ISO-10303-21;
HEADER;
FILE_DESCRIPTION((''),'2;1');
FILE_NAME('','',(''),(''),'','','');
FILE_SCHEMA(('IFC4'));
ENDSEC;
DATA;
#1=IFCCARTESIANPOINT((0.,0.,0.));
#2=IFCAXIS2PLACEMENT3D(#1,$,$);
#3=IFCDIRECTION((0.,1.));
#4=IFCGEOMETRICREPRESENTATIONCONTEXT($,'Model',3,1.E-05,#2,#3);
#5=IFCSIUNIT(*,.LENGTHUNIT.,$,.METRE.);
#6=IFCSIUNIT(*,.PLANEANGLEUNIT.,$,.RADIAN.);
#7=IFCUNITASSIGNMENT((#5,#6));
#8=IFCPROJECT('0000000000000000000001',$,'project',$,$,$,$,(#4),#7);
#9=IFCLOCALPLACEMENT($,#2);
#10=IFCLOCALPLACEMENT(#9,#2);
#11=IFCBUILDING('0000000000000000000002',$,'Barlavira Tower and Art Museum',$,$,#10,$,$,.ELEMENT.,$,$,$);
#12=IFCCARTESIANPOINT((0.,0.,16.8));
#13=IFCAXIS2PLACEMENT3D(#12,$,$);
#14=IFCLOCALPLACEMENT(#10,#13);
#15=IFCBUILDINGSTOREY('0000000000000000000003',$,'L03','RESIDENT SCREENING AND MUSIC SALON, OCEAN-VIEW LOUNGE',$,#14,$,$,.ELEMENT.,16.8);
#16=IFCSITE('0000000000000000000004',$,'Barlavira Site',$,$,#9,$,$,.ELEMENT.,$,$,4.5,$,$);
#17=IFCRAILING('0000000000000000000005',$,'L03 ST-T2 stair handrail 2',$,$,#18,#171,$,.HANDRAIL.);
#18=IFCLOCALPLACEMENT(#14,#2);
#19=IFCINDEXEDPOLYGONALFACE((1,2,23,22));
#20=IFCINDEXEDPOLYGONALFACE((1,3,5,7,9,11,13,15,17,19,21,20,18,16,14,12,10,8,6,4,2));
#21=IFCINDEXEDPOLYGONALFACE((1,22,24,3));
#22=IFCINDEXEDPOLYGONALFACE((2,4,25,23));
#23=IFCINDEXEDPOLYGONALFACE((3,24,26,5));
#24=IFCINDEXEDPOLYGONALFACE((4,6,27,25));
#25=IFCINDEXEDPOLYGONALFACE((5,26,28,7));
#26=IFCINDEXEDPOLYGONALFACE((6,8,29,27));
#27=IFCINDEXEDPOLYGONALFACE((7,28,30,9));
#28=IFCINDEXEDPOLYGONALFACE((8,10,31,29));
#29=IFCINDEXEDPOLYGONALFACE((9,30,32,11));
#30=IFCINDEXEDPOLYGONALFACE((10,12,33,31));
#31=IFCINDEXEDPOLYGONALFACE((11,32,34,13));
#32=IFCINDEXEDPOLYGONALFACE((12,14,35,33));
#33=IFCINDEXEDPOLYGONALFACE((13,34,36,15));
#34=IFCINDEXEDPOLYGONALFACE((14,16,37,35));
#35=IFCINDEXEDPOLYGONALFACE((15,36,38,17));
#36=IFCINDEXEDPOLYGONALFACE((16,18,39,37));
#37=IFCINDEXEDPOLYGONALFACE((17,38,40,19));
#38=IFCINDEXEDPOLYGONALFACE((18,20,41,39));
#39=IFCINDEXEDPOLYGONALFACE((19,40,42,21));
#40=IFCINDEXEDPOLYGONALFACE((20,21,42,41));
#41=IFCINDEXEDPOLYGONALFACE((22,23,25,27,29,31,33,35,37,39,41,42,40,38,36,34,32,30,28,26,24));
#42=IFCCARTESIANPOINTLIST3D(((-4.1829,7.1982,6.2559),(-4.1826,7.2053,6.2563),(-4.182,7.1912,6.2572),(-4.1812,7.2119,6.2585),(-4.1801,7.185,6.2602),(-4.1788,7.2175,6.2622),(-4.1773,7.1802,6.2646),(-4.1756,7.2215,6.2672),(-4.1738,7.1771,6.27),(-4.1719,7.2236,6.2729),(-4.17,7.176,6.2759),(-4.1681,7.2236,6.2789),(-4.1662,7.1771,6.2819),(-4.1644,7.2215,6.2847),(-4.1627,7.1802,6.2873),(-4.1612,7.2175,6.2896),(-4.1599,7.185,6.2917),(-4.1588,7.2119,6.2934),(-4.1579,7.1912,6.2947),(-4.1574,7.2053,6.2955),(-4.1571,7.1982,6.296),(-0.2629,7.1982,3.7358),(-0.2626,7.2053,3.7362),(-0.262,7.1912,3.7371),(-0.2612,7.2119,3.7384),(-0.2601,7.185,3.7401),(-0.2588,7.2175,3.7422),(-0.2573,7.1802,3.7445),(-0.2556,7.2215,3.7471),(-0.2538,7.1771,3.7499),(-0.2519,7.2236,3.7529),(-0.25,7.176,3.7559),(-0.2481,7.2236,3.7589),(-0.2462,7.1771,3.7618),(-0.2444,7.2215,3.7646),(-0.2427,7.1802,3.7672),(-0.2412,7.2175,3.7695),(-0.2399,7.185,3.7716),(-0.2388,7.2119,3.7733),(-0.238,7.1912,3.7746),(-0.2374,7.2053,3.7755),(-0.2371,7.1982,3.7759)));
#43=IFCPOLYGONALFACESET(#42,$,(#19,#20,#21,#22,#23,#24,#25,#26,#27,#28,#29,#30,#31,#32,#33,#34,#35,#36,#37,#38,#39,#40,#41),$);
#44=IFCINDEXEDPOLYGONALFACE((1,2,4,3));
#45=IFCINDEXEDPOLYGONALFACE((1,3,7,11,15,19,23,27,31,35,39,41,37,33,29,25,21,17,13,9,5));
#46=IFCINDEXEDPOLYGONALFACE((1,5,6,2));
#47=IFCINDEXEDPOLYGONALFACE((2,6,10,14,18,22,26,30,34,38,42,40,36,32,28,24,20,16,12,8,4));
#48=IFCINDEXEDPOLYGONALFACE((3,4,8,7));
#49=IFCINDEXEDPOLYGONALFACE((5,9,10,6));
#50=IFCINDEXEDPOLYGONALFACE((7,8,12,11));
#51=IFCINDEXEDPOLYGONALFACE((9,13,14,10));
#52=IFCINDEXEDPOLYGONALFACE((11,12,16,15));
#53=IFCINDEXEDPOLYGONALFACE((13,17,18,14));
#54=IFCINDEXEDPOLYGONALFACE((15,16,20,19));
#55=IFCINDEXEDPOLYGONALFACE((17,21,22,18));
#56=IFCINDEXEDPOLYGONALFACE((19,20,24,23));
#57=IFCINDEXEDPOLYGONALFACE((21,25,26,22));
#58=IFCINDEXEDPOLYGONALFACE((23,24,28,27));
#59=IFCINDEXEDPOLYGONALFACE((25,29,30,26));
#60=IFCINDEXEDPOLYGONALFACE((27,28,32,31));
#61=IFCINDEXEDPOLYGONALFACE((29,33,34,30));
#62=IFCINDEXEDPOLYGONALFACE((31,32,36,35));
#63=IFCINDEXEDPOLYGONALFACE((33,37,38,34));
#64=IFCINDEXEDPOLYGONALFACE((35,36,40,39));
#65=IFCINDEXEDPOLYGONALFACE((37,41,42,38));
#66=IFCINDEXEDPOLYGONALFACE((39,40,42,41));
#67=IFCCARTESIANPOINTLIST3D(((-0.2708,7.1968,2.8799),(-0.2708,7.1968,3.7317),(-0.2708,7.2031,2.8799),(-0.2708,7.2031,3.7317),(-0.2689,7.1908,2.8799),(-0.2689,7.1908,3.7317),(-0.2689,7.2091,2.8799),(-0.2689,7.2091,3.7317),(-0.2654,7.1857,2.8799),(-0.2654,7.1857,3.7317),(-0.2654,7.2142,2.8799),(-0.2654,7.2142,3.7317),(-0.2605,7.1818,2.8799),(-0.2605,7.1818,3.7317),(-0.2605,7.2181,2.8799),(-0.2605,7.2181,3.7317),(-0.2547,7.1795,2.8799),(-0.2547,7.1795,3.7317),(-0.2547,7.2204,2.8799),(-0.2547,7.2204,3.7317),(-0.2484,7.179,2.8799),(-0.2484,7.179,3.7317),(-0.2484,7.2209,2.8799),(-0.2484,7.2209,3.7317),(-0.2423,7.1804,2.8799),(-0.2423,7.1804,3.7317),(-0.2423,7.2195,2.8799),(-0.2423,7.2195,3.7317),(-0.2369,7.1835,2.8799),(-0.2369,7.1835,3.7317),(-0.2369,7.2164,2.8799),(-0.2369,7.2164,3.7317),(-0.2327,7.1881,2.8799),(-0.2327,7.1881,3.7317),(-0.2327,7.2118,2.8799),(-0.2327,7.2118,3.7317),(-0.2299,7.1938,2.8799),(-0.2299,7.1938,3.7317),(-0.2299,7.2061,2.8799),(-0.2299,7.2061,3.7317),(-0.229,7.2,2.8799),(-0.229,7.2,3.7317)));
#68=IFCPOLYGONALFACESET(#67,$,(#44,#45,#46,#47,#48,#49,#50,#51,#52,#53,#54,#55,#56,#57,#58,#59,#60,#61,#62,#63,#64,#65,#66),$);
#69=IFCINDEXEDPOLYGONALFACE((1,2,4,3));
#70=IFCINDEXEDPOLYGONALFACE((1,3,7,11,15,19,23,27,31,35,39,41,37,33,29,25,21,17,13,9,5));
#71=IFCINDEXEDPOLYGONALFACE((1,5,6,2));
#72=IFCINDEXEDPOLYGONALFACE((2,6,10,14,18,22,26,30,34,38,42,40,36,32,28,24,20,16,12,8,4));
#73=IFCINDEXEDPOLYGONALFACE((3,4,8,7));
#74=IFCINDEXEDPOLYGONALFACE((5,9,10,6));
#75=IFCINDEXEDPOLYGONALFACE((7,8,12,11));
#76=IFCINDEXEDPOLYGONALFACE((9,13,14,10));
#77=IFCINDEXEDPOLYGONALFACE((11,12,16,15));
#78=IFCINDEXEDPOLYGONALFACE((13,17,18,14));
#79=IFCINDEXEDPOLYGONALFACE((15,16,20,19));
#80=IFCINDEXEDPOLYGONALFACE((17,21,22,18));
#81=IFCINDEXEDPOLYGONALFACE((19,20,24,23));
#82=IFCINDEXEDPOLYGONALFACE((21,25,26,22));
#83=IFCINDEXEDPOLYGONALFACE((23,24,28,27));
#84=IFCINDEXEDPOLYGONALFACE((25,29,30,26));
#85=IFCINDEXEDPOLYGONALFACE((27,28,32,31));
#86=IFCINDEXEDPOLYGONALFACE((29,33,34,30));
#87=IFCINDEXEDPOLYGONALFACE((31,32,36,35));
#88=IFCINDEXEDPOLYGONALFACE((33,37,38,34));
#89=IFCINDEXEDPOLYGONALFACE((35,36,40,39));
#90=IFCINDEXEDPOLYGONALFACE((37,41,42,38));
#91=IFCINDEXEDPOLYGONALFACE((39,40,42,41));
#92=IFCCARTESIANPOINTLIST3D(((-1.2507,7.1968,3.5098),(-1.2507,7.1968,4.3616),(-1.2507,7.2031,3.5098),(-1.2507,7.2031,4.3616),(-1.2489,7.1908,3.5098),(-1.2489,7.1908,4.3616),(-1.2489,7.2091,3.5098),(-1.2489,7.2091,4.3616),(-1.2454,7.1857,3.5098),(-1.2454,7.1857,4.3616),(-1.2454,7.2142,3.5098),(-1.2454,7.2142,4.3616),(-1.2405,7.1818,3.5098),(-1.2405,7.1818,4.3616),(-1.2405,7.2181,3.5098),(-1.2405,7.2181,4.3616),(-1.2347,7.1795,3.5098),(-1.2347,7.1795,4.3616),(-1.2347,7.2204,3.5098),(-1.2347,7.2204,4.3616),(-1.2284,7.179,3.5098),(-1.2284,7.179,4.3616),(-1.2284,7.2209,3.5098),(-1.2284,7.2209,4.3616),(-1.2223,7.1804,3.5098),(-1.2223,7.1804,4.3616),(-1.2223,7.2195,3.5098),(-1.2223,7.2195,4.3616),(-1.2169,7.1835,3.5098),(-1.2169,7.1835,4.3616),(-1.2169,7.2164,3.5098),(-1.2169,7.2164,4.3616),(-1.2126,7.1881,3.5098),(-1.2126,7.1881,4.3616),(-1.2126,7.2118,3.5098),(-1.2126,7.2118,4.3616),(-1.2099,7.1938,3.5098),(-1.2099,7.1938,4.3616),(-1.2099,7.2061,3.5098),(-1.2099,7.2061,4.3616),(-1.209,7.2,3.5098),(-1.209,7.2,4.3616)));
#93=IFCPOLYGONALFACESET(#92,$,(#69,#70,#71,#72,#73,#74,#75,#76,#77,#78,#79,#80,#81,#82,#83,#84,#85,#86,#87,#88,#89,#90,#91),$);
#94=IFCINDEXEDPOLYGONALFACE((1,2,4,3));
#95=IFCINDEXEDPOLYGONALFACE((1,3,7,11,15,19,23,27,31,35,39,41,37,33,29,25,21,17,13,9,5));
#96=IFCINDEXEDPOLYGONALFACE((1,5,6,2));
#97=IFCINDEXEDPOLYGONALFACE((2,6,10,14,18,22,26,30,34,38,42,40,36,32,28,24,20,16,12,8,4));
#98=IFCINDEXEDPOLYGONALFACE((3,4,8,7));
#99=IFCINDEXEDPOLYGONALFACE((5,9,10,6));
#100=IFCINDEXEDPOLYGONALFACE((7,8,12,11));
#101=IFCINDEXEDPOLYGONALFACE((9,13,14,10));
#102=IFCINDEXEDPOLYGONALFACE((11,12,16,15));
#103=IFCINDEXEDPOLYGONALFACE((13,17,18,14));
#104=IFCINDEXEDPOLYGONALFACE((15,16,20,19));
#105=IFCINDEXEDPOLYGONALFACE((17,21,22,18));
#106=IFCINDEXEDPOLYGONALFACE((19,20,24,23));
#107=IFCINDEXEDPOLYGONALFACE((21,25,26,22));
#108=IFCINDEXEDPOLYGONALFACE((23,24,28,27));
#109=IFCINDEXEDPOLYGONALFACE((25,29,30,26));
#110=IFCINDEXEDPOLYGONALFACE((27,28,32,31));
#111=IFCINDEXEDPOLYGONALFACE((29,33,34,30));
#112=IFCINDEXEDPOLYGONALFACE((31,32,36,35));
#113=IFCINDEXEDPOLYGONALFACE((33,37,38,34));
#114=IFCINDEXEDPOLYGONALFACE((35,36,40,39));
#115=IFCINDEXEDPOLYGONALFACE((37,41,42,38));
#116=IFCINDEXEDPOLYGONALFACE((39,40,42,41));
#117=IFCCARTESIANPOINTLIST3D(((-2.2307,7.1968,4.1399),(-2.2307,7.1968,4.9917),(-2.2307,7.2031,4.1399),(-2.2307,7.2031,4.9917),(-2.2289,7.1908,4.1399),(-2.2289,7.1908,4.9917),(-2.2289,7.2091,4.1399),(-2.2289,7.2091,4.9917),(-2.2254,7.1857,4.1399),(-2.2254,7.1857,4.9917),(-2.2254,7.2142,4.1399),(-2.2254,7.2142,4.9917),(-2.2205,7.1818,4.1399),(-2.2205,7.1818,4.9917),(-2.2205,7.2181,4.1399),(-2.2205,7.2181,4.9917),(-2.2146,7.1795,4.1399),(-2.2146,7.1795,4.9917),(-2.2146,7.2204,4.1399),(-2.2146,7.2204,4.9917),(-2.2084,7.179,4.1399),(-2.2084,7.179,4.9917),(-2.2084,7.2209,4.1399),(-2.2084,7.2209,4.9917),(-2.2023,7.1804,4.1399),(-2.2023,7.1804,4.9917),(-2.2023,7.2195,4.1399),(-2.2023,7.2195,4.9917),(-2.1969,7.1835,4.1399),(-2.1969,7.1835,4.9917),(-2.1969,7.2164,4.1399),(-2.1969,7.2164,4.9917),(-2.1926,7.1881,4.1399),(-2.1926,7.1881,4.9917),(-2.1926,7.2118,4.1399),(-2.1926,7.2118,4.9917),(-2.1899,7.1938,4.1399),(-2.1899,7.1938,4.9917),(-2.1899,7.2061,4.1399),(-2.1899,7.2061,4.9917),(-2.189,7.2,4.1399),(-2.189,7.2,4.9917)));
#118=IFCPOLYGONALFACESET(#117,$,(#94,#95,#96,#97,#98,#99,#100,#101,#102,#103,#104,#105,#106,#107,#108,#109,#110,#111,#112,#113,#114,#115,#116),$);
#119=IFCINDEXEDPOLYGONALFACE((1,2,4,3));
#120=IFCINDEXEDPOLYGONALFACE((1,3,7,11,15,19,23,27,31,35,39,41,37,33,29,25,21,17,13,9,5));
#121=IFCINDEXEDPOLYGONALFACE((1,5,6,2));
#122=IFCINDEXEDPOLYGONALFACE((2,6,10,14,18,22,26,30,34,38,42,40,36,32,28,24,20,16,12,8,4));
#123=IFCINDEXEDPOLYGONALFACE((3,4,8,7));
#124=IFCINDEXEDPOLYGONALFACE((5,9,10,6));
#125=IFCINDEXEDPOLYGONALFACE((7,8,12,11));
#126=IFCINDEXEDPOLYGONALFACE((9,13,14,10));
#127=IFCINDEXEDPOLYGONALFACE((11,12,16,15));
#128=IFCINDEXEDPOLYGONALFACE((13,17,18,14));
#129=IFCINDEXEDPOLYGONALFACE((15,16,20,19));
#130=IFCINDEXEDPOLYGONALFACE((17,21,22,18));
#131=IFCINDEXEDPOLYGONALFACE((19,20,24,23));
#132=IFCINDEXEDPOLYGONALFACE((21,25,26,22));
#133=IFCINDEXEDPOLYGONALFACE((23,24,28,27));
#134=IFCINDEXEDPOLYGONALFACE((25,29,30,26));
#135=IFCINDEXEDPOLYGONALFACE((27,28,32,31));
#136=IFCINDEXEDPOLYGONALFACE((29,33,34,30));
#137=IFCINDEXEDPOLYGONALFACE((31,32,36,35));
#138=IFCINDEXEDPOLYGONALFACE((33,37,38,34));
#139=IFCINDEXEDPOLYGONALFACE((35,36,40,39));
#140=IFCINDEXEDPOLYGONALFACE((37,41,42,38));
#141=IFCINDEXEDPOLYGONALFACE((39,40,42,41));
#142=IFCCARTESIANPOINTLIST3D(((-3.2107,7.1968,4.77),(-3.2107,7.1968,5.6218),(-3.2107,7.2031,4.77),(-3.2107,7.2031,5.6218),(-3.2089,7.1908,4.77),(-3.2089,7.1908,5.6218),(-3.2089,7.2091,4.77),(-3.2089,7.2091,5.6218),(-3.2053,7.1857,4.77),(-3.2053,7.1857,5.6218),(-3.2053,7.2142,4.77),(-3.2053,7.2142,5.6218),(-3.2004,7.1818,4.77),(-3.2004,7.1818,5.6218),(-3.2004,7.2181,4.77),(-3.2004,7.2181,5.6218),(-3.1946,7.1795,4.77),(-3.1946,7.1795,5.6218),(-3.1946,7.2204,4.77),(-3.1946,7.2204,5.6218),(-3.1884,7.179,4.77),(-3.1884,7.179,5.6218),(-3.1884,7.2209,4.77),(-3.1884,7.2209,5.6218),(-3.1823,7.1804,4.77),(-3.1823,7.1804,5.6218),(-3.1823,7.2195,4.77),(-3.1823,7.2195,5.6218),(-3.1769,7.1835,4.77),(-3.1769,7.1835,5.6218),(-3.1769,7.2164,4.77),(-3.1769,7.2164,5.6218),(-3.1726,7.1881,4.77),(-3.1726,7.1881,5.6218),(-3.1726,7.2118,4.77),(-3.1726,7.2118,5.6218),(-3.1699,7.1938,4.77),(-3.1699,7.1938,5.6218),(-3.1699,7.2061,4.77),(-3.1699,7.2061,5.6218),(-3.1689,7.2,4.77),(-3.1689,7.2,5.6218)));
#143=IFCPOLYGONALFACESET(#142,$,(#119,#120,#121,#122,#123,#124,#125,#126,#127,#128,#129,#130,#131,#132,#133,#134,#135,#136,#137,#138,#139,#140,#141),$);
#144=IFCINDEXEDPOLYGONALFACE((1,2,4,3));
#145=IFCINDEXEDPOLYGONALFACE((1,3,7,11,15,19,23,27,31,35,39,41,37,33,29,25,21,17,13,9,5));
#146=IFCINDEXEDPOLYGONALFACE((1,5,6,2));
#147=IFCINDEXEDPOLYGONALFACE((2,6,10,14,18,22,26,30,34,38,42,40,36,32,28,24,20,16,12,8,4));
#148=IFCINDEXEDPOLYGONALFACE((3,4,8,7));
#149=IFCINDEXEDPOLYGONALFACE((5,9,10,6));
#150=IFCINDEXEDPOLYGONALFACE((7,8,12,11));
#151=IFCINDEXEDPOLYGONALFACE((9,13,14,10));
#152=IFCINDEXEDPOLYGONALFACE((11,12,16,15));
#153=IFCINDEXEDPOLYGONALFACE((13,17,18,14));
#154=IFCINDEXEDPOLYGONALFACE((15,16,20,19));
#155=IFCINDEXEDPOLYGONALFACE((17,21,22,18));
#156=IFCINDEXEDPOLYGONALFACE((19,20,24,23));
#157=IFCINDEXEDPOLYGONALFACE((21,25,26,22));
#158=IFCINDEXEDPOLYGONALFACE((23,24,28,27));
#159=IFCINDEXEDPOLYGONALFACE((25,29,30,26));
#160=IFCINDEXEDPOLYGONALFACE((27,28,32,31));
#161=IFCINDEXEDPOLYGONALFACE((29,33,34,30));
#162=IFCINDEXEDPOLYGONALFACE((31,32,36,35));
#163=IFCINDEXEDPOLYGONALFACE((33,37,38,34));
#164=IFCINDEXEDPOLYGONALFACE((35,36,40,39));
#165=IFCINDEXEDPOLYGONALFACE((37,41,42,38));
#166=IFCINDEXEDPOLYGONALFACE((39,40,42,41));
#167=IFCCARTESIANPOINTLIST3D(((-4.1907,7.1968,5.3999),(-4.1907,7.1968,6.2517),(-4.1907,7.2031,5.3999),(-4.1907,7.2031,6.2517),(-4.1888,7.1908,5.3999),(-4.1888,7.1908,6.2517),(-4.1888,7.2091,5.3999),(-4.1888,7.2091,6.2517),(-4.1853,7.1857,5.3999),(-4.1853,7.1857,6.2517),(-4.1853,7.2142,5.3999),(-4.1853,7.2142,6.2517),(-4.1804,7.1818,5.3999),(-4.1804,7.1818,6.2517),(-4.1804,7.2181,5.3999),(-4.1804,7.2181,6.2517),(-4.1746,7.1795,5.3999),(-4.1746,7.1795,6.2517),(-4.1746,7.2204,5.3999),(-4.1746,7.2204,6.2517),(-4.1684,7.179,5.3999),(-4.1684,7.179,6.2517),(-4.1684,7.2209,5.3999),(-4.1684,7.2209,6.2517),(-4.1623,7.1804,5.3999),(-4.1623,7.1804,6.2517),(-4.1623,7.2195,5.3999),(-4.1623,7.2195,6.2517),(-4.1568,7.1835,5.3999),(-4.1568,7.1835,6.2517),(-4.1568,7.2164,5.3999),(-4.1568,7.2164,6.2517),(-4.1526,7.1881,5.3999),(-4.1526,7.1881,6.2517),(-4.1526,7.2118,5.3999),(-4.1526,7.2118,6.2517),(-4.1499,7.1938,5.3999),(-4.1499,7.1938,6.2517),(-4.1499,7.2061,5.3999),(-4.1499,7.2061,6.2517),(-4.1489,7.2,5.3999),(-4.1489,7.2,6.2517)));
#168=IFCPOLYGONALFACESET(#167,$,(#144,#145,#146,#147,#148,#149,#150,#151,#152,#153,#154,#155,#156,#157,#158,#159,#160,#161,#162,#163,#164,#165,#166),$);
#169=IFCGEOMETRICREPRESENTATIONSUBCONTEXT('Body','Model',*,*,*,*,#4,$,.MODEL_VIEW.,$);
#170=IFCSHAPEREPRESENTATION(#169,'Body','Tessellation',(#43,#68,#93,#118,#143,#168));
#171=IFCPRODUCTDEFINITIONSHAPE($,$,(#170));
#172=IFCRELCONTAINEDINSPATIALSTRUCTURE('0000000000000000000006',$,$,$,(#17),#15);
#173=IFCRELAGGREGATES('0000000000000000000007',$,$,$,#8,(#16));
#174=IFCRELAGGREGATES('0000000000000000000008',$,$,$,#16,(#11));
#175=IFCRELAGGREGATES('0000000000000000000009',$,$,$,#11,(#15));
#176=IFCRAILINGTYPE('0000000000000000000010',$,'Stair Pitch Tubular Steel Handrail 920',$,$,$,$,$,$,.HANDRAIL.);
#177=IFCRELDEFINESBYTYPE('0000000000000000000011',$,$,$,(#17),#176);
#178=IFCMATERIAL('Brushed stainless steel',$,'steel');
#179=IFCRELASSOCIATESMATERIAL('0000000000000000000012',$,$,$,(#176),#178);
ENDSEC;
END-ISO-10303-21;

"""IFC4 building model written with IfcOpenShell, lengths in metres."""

from ifc_helpers import new_model, si_unit, direction, frame, origin, origin_2d, place, context, subcontext, project, spatial, circle, extrude, material, type_object, element, save


model = new_model("IFC4")

# Units and contexts
model_context = context("Model", 3, precision=1e-05, world=origin(), true_north=direction((0.0, 1.0)))
body_context = subcontext(model_context, "Body", "Model", "MODEL_VIEW")
ifc_project = project(units=[si_unit("LENGTHUNIT", "METRE"), si_unit("PLANEANGLEUNIT", "RADIAN")], contexts=[model_context])

# Site, building, storey
site_placement = place(None, origin())
site = spatial("IfcSite", under=ifc_project, at=site_placement, Name="Barlavira Site", CompositionType="ELEMENT", RefElevation=4.5)
building_placement = place(site_placement, origin())
building = spatial("IfcBuilding", under=site, at=building_placement, Name="Barlavira Tower and Art Museum", CompositionType="ELEMENT")
storey_placement = place(building_placement, frame((0.0, 0.0, 16.8)))
storey = spatial("IfcBuildingStorey", under=building, at=storey_placement, Name="L03", Description="RESIDENT SCREENING AND MUSIC SALON, OCEAN-VIEW LOUNGE", CompositionType="ELEMENT", Elevation=16.8)

# Shared definitions
ifc_material_1 = material(Name="Brushed stainless steel", Category="steel")

# Railing
railing_type_1 = type_object("IfcRailingType", Name="Stair Pitch Tubular Steel Handrail 920", PredefinedType="HANDRAIL", material=ifc_material_1)
railing_1_placement = place(storey_placement, frame((-0.25, 7.2, 2.8799)))
element("IfcRailing", 1, at=railing_1_placement, inside=storey, type_object=railing_type_1, Name="L03 ST-T2 stair handrail 2", PredefinedType="HANDRAIL", context=body_context, shape_type="SweptSolid", body=[
    extrude(circle(Radius=0.0239, at=origin_2d()), frame((0.0, 0.0, 0.876), z_axis=(-0.841172, 0.0, 0.540768), x_axis=(0.0, -1.0, 0.0)), (0.0, 0.0, 1.0), 4.6602),
    extrude(circle(Radius=0.021, at=origin_2d()), origin(), (0.0, 0.0, 1.0), 0.8518),
    extrude(circle(Radius=0.021, at=origin_2d()), frame((-0.98, 0.0, 0.6299)), (0.0, 0.0, 1.0), 0.8518),
    extrude(circle(Radius=0.021, at=origin_2d()), frame((-1.96, 0.0, 1.26)), (0.0, 0.0, 1.0), 0.8518),
    extrude(circle(Radius=0.021, at=origin_2d()), frame((-2.9399, 0.0, 1.8901)), (0.0, 0.0, 1.0), 0.8518),
    extrude(circle(Radius=0.021, at=origin_2d()), frame((-3.9199, 0.0, 2.52)), (0.0, 0.0, 1.0), 0.8518),
])

save(model, "model.ifc")
